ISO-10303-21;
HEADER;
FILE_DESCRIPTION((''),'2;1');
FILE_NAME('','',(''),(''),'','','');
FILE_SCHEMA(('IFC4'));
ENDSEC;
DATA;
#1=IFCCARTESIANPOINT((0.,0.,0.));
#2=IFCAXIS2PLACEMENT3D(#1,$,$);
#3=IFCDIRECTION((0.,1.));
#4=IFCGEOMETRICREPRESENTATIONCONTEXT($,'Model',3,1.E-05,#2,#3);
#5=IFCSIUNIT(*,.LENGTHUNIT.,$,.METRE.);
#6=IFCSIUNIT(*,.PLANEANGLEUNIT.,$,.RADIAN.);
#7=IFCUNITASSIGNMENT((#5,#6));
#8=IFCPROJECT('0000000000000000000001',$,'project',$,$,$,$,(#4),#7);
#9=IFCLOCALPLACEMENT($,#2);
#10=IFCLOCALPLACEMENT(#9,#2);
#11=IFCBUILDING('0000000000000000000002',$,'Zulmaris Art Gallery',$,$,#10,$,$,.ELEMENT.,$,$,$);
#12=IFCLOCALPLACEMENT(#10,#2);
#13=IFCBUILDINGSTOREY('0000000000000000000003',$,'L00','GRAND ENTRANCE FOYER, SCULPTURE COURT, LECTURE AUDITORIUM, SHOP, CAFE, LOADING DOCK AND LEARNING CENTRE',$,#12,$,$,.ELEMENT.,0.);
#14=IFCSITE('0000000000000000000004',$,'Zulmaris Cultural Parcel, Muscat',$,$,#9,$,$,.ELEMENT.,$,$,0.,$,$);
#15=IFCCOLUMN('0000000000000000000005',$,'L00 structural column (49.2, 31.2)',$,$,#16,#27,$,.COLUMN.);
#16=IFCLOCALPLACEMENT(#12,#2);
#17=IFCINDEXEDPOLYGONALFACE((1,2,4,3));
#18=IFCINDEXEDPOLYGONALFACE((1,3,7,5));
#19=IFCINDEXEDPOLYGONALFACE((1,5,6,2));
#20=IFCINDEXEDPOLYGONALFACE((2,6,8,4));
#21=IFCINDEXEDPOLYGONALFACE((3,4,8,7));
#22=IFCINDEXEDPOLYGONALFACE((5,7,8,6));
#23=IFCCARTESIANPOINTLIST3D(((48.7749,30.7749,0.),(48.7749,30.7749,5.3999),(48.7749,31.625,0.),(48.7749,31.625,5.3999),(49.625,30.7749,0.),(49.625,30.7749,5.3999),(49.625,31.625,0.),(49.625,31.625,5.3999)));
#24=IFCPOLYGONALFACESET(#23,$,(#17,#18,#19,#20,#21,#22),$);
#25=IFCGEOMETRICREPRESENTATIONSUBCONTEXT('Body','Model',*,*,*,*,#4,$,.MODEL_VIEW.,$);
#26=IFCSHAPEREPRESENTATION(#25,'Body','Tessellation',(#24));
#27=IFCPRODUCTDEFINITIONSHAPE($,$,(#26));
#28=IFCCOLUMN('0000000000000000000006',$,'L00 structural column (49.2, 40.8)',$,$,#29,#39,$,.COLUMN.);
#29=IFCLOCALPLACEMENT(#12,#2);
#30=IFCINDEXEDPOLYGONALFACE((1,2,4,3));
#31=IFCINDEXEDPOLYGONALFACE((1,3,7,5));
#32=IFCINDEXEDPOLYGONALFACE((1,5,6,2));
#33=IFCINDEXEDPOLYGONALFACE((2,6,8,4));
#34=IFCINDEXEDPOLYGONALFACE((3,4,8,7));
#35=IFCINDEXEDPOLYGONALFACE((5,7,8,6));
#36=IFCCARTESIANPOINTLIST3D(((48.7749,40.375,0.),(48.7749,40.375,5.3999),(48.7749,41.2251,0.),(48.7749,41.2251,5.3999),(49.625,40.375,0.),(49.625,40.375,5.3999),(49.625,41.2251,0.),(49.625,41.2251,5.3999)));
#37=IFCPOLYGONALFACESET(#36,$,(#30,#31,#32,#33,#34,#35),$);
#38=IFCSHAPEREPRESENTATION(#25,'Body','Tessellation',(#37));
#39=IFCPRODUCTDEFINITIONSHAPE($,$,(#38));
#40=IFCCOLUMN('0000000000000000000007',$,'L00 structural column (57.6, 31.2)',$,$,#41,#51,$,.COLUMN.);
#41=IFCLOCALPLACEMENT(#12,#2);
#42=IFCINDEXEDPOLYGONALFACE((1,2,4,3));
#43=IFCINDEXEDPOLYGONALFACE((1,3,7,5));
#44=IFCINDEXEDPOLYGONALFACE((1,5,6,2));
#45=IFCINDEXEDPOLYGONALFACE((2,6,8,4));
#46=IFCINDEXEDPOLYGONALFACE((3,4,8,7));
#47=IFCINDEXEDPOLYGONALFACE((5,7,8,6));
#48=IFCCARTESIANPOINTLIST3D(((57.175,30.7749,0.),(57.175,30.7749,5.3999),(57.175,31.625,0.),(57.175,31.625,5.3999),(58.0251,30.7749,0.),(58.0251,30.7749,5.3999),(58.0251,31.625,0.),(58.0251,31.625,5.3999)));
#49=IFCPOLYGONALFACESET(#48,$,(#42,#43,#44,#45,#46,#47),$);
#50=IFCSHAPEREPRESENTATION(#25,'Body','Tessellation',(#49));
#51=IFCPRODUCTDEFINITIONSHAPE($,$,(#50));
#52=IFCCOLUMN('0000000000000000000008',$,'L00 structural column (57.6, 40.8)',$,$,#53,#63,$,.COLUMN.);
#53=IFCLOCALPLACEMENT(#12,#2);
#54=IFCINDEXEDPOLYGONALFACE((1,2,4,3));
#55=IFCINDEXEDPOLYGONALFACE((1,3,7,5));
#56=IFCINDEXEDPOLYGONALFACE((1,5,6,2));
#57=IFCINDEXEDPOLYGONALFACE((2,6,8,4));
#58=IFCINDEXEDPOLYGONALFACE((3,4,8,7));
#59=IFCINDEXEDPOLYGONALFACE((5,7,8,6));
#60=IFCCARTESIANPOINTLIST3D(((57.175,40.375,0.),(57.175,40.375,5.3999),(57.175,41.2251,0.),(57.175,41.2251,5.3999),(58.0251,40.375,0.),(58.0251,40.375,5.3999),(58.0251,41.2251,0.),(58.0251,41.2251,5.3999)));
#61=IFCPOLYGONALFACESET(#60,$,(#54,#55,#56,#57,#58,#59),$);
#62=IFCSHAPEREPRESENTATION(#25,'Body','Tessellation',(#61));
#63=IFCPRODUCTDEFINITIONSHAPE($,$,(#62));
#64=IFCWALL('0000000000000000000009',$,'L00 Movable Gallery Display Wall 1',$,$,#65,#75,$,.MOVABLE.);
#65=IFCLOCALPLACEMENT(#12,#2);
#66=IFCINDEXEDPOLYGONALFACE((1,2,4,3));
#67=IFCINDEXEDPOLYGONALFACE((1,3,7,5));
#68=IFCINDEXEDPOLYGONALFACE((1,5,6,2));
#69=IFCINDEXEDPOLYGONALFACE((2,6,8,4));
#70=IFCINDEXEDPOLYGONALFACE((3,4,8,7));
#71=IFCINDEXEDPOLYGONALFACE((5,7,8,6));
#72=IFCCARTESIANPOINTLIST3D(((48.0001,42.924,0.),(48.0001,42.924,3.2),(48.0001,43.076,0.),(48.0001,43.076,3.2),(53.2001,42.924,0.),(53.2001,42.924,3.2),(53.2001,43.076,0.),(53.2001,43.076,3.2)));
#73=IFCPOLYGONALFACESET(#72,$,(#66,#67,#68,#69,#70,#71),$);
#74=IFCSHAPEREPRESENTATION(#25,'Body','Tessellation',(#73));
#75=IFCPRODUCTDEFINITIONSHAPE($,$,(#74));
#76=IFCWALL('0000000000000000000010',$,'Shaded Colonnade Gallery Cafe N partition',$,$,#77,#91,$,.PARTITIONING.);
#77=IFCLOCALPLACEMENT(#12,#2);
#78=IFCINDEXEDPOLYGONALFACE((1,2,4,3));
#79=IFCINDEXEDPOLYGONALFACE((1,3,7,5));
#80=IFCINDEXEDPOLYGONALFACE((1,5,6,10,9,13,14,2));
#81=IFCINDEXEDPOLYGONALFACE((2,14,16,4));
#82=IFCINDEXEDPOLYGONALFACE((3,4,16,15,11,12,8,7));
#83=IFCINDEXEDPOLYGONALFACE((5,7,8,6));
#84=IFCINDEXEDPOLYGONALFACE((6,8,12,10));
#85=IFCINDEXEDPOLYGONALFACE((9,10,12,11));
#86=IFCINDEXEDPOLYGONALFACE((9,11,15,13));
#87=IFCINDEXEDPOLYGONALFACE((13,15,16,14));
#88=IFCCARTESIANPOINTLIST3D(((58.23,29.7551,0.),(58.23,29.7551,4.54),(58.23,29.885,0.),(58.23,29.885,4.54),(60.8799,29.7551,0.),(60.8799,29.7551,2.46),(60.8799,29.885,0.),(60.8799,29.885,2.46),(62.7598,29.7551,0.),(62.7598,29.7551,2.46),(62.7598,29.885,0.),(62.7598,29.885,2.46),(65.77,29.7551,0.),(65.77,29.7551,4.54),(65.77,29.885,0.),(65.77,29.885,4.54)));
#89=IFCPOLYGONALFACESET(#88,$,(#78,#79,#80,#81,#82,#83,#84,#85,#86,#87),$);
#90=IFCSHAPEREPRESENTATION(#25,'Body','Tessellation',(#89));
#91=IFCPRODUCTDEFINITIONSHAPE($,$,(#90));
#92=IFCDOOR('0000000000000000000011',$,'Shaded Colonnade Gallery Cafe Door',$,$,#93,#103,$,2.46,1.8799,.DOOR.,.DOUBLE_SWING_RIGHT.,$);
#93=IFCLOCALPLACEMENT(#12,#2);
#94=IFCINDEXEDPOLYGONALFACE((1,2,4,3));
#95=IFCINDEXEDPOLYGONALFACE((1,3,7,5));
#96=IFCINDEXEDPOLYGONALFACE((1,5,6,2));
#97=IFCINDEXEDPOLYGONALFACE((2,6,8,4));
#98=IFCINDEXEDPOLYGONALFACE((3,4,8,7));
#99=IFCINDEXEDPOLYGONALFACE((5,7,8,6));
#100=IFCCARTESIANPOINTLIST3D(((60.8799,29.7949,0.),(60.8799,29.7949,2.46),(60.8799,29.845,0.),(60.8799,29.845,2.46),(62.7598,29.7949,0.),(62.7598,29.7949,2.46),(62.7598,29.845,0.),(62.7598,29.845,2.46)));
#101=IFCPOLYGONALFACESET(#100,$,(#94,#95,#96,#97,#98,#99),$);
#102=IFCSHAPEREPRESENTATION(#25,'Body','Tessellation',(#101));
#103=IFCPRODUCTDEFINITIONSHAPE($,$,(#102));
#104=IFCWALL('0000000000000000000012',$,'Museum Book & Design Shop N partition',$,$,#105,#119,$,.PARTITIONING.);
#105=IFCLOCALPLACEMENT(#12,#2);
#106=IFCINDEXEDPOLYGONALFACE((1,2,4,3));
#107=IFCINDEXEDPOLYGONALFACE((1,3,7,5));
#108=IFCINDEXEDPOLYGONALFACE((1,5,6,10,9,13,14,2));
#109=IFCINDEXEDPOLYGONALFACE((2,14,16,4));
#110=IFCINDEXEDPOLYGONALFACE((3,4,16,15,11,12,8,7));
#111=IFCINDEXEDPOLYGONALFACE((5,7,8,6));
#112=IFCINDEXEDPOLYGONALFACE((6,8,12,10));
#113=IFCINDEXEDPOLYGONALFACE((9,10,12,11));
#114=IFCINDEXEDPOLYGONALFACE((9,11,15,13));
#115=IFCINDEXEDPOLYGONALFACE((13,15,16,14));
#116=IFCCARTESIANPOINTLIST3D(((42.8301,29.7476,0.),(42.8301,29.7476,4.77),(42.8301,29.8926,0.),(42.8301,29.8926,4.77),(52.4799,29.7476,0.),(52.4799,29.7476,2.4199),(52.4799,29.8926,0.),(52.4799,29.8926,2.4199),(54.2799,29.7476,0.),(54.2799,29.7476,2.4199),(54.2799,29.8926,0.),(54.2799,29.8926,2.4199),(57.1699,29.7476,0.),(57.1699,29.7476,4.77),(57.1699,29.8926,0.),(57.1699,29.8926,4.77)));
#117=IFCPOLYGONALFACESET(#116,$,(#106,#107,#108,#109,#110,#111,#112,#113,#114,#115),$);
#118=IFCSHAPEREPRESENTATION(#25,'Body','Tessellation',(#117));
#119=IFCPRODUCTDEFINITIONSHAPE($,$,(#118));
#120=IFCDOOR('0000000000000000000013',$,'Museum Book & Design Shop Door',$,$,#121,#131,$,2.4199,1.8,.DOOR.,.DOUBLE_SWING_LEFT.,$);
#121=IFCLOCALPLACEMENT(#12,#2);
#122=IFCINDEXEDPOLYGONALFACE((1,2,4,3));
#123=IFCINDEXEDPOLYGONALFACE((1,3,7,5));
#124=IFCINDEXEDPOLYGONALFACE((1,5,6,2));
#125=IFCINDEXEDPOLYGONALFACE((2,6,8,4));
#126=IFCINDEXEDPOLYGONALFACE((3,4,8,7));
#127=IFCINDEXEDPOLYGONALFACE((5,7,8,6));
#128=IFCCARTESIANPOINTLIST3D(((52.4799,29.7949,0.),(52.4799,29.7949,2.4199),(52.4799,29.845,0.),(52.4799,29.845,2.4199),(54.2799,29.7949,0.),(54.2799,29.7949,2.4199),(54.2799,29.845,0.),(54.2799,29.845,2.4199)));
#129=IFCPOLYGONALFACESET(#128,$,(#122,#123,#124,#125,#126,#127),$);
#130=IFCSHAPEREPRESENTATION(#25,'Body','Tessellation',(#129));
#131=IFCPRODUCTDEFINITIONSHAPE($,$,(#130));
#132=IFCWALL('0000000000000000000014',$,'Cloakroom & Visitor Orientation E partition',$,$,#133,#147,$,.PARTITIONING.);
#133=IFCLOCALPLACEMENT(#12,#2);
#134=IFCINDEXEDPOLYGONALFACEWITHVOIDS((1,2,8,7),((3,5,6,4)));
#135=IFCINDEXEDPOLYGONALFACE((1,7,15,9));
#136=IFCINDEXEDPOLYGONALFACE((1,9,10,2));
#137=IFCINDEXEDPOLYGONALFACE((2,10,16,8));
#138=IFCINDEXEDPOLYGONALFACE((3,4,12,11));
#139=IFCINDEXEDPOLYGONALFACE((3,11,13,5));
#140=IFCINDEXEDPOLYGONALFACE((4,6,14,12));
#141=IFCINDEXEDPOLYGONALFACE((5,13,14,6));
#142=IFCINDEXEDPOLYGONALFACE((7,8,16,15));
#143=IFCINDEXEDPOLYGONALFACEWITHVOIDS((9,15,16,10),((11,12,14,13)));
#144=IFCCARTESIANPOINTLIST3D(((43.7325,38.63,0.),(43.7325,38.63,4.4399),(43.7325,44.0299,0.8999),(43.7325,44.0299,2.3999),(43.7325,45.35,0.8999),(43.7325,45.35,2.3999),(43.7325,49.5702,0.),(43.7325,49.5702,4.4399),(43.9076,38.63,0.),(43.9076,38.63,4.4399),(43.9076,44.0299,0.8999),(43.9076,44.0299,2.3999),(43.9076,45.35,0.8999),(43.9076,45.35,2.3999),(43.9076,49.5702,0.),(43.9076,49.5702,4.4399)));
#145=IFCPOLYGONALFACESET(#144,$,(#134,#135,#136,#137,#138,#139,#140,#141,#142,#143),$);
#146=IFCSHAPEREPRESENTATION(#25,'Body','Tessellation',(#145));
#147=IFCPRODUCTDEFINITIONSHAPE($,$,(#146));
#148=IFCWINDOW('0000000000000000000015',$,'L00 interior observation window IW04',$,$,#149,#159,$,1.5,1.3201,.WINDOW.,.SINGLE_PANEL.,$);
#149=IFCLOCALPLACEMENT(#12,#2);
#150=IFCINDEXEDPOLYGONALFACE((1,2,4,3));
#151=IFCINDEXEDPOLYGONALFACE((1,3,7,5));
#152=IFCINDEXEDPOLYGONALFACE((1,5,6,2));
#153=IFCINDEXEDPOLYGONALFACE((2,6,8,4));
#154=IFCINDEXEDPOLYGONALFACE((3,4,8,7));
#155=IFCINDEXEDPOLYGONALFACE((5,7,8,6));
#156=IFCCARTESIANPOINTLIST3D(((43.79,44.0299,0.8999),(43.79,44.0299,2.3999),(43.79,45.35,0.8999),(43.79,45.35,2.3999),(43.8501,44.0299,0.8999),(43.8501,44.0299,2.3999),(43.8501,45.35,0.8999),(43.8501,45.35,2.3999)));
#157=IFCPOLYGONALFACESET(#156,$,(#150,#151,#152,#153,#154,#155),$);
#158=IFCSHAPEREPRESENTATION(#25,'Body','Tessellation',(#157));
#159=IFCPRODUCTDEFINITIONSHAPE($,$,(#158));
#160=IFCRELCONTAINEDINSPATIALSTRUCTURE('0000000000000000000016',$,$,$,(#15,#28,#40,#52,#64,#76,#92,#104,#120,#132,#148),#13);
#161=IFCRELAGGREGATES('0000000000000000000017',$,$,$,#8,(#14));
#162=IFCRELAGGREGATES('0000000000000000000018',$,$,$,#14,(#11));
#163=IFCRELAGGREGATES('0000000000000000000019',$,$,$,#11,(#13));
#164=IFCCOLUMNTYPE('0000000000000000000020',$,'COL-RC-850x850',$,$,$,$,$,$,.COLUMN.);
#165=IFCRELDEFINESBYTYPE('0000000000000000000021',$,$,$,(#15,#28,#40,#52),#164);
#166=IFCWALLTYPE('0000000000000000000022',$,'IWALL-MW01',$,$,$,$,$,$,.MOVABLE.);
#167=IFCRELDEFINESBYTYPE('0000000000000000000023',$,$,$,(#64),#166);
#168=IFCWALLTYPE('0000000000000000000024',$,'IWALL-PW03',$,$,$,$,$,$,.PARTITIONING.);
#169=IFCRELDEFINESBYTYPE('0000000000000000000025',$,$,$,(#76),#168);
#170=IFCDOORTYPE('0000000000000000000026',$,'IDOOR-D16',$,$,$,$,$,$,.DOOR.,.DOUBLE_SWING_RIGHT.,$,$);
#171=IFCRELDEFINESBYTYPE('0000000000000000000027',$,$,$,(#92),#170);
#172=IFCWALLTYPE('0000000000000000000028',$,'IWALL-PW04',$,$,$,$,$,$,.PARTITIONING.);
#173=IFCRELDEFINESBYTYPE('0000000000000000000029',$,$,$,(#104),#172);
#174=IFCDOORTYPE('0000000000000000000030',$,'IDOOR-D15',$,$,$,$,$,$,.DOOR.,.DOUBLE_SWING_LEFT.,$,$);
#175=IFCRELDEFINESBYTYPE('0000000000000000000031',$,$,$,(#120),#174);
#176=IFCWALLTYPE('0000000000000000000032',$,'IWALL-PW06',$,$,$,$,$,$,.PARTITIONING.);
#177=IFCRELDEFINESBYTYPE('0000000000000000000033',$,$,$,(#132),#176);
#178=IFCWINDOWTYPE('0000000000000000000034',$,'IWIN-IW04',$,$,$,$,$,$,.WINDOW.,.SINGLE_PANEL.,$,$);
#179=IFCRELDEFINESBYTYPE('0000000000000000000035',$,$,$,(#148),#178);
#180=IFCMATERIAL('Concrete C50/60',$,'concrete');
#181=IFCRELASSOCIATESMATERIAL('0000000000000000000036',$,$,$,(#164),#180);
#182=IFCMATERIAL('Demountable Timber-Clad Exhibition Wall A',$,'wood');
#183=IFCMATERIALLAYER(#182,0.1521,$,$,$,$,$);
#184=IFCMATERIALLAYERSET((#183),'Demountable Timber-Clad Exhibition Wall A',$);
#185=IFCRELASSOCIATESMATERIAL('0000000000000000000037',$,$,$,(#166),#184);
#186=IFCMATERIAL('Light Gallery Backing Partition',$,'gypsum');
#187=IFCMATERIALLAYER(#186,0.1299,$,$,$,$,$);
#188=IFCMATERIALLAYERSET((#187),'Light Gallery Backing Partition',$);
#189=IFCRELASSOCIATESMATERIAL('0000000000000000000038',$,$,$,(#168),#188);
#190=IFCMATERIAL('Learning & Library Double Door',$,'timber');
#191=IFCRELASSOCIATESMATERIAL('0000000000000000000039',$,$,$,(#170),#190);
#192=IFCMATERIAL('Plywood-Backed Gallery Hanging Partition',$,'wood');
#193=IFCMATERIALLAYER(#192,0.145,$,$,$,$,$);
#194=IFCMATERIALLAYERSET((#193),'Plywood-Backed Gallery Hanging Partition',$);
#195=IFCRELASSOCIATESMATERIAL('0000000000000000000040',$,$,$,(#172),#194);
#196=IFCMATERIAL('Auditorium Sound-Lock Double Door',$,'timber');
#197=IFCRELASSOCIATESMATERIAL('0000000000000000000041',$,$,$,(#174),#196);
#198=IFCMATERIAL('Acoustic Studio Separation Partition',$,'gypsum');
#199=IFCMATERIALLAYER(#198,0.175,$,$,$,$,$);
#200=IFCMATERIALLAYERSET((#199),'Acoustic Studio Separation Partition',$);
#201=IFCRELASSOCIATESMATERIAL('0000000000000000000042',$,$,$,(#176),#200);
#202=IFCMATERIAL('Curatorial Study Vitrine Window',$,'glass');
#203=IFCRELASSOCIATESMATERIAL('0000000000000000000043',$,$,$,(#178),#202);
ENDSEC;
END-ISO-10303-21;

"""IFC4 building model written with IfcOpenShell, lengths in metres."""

from ifc_helpers import new_model, si_unit, direction, frame, frame_2d, origin, origin_2d, place, context, subcontext, project, spatial, rectangle, extrude, material, layer, layer_set, material_profile, profile_set, type_object, element, fill, save


model = new_model("IFC4")

# Units and contexts
model_context = context("Model", 3, precision=1e-05, world=origin(), true_north=direction((0.0, 1.0)))
body_context = subcontext(model_context, "Body", "Model", "MODEL_VIEW")
ifc_project = project(units=[si_unit("LENGTHUNIT", "METRE"), si_unit("PLANEANGLEUNIT", "RADIAN")], contexts=[model_context])

# Site, building, storey
site_placement = place(None, origin())
site = spatial("IfcSite", under=ifc_project, at=site_placement, Name="Zulmaris Cultural Parcel, Muscat", CompositionType="ELEMENT", RefElevation=0.0)
building_placement = place(site_placement, origin())
building = spatial("IfcBuilding", under=site, at=building_placement, Name="Zulmaris Art Gallery", CompositionType="ELEMENT")
storey_placement = place(building_placement, origin())
storey = spatial("IfcBuildingStorey", under=building, at=storey_placement, Name="L00", Description="GRAND ENTRANCE FOYER, SCULPTURE COURT, LECTURE AUDITORIUM, SHOP, CAFE, LOADING DOCK AND LEARNING CENTRE", CompositionType="ELEMENT", Elevation=0.0)

# Columns
ifc_material_1 = material(Name="Concrete C50/60", Category="concrete")
ifc_material_profile_1 = material_profile(ifc_material_1, rectangle(XDim=0.8501, YDim=0.8501, at=origin_2d()), Name="RC 850x850")
ifc_profile_set_1 = profile_set([ifc_material_profile_1], Name="Concrete C50/60")
column_type = type_object("IfcColumnType", Name="COL-RC-850x850", PredefinedType="COLUMN", material=ifc_profile_set_1)
for number, where, z_axis, x_axis, name in (
    (1, (49.2, 31.2, 0.0), (0.0, 0.0, 1.0), (1.0, 0.0, 0.0), "L00 structural column (49.2, 31.2)"),
    (2, (49.2, 40.8, 0.0), (0.0, 0.0, 1.0), (1.0, 0.0, 0.0), "L00 structural column (49.2, 40.8)"),
    (3, (57.6001, 31.2, 0.0), (0.0, 0.0, 1.0), (1.0, 0.0, 0.0), "L00 structural column (57.6, 31.2)"),
    (4, (57.6001, 40.8, 0.0), (0.0, 0.0, 1.0), (1.0, 0.0, 0.0), "L00 structural column (57.6, 40.8)"),
):
    element("IfcColumn", number, at=place(storey_placement, frame(where, z_axis=z_axis, x_axis=x_axis)), inside=storey, type_object=column_type, Name=name, PredefinedType="COLUMN", context=body_context, shape_type="SweptSolid", body=[
        extrude(rectangle(XDim=0.8501, YDim=0.8501, at=origin_2d()), origin(), (0.0, 0.0, 1.0), 5.3999),
    ])

# Wall
ifc_material_2 = material(Name="Demountable Timber-Clad Exhibition Wall A", Category="wood")
ifc_layer_1 = layer(ifc_material_2, 0.1521)
ifc_layer_set_1 = layer_set([ifc_layer_1], Name="Demountable Timber-Clad Exhibition Wall A")
wall_type_1 = type_object("IfcWallType", Name="IWALL-MW01", PredefinedType="MOVABLE", material=ifc_layer_set_1)
wall_1_placement = place(storey_placement, frame((48.0, 43.0, 0.0), z_axis=(0.0, 0.0, 1.0), x_axis=(1.0, 0.0, 0.0)))
element("IfcWall", 5, at=wall_1_placement, inside=storey, type_object=wall_type_1, Name="L00 Movable Gallery Display Wall 1", PredefinedType="MOVABLE", context=body_context, shape_type="SweptSolid", body=[
    extrude(rectangle(XDim=5.2, YDim=0.1521, at=frame_2d((2.6001, 0.0))), origin(), (0.0, 0.0, 1.0), 3.2),
])

# Walls, openings, doors
ifc_material_3 = material(Name="Light Gallery Backing Partition", Category="gypsum")
ifc_layer_2 = layer(ifc_material_3, 0.1299)
ifc_layer_set_2 = layer_set([ifc_layer_2], Name="Light Gallery Backing Partition")
wall_type_2 = type_object("IfcWallType", Name="IWALL-PW03", PredefinedType="PARTITIONING", material=ifc_layer_set_2)
wall_2_placement = place(storey_placement, frame((58.23, 29.8201, 0.0), z_axis=(0.0, 0.0, 1.0), x_axis=(1.0, 0.0, 0.0)))
wall_2 = element("IfcWall", 6, at=wall_2_placement, inside=storey, type_object=wall_type_2, Name="Shaded Colonnade Gallery Cafe N partition", PredefinedType="PARTITIONING", context=body_context, shape_type="SweptSolid", body=[
    extrude(rectangle(XDim=7.54, YDim=0.1299, at=frame_2d((3.77, 0.0))), origin(), (0.0, 0.0, 1.0), 4.54),
])
opening_1_placement = place(wall_2_placement, frame((2.6499, 0.0, 0.0)))
opening_1 = element("IfcOpeningElement", 7, at=opening_1_placement, cuts=wall_2, PredefinedType="OPENING", context=body_context, shape_type="SweptSolid", body=[
    extrude(rectangle(XDim=1.8799, YDim=2.46, at=frame_2d((0.9399, 1.23))), frame((0.0, 0.075, 0.0), z_axis=(0.0, -1.0, 0.0), x_axis=(1.0, 0.0, 0.0)), (0.0, 0.0, 1.0), 0.1499),
])
ifc_material_4 = material(Name="Learning & Library Double Door", Category="timber")
door_type_1 = type_object("IfcDoorType", Name="IDOOR-D16", OperationType="DOUBLE_SWING_RIGHT", PredefinedType="DOOR", material=ifc_material_4)
door_1_placement = place(opening_1_placement, origin())
door_1 = element("IfcDoor", 8, at=door_1_placement, inside=storey, type_object=door_type_1, Name="Shaded Colonnade Gallery Cafe Door", OperationType="DOUBLE_SWING_RIGHT", OverallHeight=2.46, OverallWidth=1.8799, PredefinedType="DOOR", context=body_context, shape_type="SweptSolid", body=[
    extrude(rectangle(XDim=1.8799, YDim=2.46, at=frame_2d((0.9399, 1.23))), frame((0.0, 0.0249, 0.0), z_axis=(0.0, -1.0, 0.0), x_axis=(1.0, 0.0, 0.0)), (0.0, 0.0, 1.0), 0.05),
])
fill(opening_1, door_1)
ifc_material_5 = material(Name="Plywood-Backed Gallery Hanging Partition", Category="wood")
ifc_layer_3 = layer(ifc_material_5, 0.145)
ifc_layer_set_3 = layer_set([ifc_layer_3], Name="Plywood-Backed Gallery Hanging Partition")
wall_type_3 = type_object("IfcWallType", Name="IWALL-PW04", PredefinedType="PARTITIONING", material=ifc_layer_set_3)
wall_3_placement = place(storey_placement, frame((42.8301, 29.8201, 0.0), z_axis=(0.0, 0.0, 1.0), x_axis=(1.0, 0.0, 0.0)))
wall_3 = element("IfcWall", 9, at=wall_3_placement, inside=storey, type_object=wall_type_3, Name="Museum Book & Design Shop N partition", PredefinedType="PARTITIONING", context=body_context, shape_type="SweptSolid", body=[
    extrude(rectangle(XDim=14.3398, YDim=0.145, at=frame_2d((7.1699, 0.0))), origin(), (0.0, 0.0, 1.0), 4.77),
])
opening_2_placement = place(wall_3_placement, frame((9.6499, 0.0, 0.0)))
opening_2 = element("IfcOpeningElement", 10, at=opening_2_placement, cuts=wall_3, PredefinedType="OPENING", context=body_context, shape_type="SweptSolid", body=[
    extrude(rectangle(XDim=1.8, YDim=2.4199, at=frame_2d((0.8999, 1.21))), frame((0.0, 0.0825, 0.0), z_axis=(0.0, -1.0, 0.0), x_axis=(1.0, 0.0, 0.0)), (0.0, 0.0, 1.0), 0.165),
])
ifc_material_6 = material(Name="Auditorium Sound-Lock Double Door", Category="timber")
door_type_2 = type_object("IfcDoorType", Name="IDOOR-D15", OperationType="DOUBLE_SWING_LEFT", PredefinedType="DOOR", material=ifc_material_6)
door_2_placement = place(opening_2_placement, origin())
door_2 = element("IfcDoor", 11, at=door_2_placement, inside=storey, type_object=door_type_2, Name="Museum Book & Design Shop Door", OperationType="DOUBLE_SWING_LEFT", OverallHeight=2.4199, OverallWidth=1.8, PredefinedType="DOOR", context=body_context, shape_type="SweptSolid", body=[
    extrude(rectangle(XDim=1.8, YDim=2.4199, at=frame_2d((0.8999, 1.21))), frame((0.0, 0.0249, 0.0), z_axis=(0.0, -1.0, 0.0), x_axis=(1.0, 0.0, 0.0)), (0.0, 0.0, 1.0), 0.05),
])
fill(opening_2, door_2)

# Wall, opening, window
ifc_material_7 = material(Name="Acoustic Studio Separation Partition", Category="gypsum")
ifc_layer_4 = layer(ifc_material_7, 0.175)
ifc_layer_set_4 = layer_set([ifc_layer_4], Name="Acoustic Studio Separation Partition")
wall_type_4 = type_object("IfcWallType", Name="IWALL-PW06", PredefinedType="PARTITIONING", material=ifc_layer_set_4)
wall_4_placement = place(storey_placement, frame((43.8201, 38.6299, 0.0), z_axis=(0.0, 0.0, 1.0), x_axis=(0.0, 1.0, 0.0)))
wall_4 = element("IfcWall", 12, at=wall_4_placement, inside=storey, type_object=wall_type_4, Name="Cloakroom & Visitor Orientation E partition", PredefinedType="PARTITIONING", context=body_context, shape_type="SweptSolid", body=[
    extrude(rectangle(XDim=10.9402, YDim=0.175, at=frame_2d((5.4702, 0.0))), origin(), (0.0, 0.0, 1.0), 4.4399),
])
opening_3_placement = place(wall_4_placement, frame((5.3999, 0.0, 0.8999)))
opening_3 = element("IfcOpeningElement", 13, at=opening_3_placement, cuts=wall_4, PredefinedType="OPENING", context=body_context, shape_type="SweptSolid", body=[
    extrude(rectangle(XDim=1.3201, YDim=1.5, at=frame_2d((0.6602, 0.75))), frame((0.0, 0.0974, 0.0), z_axis=(0.0, -1.0, 0.0), x_axis=(1.0, 0.0, 0.0)), (0.0, 0.0, 1.0), 0.1951),
])
ifc_material_8 = material(Name="Curatorial Study Vitrine Window", Category="glass")
window_type = type_object("IfcWindowType", Name="IWIN-IW04", PartitioningType="SINGLE_PANEL", PredefinedType="WINDOW", material=ifc_material_8)
window_placement = place(opening_3_placement, origin())
window = element("IfcWindow", 14, at=window_placement, inside=storey, type_object=window_type, Name="L00 interior observation window IW04", OverallHeight=1.5, OverallWidth=1.3201, PartitioningType="SINGLE_PANEL", PredefinedType="WINDOW", context=body_context, shape_type="SweptSolid", body=[
    extrude(rectangle(XDim=1.3201, YDim=1.5, at=frame_2d((0.6602, 0.75))), frame((0.0, 0.03, 0.0), z_axis=(0.0, -1.0, 0.0), x_axis=(1.0, 0.0, 0.0)), (0.0, 0.0, 1.0), 0.0601),
])
fill(opening_3, window)

save(model, "model.ifc")
